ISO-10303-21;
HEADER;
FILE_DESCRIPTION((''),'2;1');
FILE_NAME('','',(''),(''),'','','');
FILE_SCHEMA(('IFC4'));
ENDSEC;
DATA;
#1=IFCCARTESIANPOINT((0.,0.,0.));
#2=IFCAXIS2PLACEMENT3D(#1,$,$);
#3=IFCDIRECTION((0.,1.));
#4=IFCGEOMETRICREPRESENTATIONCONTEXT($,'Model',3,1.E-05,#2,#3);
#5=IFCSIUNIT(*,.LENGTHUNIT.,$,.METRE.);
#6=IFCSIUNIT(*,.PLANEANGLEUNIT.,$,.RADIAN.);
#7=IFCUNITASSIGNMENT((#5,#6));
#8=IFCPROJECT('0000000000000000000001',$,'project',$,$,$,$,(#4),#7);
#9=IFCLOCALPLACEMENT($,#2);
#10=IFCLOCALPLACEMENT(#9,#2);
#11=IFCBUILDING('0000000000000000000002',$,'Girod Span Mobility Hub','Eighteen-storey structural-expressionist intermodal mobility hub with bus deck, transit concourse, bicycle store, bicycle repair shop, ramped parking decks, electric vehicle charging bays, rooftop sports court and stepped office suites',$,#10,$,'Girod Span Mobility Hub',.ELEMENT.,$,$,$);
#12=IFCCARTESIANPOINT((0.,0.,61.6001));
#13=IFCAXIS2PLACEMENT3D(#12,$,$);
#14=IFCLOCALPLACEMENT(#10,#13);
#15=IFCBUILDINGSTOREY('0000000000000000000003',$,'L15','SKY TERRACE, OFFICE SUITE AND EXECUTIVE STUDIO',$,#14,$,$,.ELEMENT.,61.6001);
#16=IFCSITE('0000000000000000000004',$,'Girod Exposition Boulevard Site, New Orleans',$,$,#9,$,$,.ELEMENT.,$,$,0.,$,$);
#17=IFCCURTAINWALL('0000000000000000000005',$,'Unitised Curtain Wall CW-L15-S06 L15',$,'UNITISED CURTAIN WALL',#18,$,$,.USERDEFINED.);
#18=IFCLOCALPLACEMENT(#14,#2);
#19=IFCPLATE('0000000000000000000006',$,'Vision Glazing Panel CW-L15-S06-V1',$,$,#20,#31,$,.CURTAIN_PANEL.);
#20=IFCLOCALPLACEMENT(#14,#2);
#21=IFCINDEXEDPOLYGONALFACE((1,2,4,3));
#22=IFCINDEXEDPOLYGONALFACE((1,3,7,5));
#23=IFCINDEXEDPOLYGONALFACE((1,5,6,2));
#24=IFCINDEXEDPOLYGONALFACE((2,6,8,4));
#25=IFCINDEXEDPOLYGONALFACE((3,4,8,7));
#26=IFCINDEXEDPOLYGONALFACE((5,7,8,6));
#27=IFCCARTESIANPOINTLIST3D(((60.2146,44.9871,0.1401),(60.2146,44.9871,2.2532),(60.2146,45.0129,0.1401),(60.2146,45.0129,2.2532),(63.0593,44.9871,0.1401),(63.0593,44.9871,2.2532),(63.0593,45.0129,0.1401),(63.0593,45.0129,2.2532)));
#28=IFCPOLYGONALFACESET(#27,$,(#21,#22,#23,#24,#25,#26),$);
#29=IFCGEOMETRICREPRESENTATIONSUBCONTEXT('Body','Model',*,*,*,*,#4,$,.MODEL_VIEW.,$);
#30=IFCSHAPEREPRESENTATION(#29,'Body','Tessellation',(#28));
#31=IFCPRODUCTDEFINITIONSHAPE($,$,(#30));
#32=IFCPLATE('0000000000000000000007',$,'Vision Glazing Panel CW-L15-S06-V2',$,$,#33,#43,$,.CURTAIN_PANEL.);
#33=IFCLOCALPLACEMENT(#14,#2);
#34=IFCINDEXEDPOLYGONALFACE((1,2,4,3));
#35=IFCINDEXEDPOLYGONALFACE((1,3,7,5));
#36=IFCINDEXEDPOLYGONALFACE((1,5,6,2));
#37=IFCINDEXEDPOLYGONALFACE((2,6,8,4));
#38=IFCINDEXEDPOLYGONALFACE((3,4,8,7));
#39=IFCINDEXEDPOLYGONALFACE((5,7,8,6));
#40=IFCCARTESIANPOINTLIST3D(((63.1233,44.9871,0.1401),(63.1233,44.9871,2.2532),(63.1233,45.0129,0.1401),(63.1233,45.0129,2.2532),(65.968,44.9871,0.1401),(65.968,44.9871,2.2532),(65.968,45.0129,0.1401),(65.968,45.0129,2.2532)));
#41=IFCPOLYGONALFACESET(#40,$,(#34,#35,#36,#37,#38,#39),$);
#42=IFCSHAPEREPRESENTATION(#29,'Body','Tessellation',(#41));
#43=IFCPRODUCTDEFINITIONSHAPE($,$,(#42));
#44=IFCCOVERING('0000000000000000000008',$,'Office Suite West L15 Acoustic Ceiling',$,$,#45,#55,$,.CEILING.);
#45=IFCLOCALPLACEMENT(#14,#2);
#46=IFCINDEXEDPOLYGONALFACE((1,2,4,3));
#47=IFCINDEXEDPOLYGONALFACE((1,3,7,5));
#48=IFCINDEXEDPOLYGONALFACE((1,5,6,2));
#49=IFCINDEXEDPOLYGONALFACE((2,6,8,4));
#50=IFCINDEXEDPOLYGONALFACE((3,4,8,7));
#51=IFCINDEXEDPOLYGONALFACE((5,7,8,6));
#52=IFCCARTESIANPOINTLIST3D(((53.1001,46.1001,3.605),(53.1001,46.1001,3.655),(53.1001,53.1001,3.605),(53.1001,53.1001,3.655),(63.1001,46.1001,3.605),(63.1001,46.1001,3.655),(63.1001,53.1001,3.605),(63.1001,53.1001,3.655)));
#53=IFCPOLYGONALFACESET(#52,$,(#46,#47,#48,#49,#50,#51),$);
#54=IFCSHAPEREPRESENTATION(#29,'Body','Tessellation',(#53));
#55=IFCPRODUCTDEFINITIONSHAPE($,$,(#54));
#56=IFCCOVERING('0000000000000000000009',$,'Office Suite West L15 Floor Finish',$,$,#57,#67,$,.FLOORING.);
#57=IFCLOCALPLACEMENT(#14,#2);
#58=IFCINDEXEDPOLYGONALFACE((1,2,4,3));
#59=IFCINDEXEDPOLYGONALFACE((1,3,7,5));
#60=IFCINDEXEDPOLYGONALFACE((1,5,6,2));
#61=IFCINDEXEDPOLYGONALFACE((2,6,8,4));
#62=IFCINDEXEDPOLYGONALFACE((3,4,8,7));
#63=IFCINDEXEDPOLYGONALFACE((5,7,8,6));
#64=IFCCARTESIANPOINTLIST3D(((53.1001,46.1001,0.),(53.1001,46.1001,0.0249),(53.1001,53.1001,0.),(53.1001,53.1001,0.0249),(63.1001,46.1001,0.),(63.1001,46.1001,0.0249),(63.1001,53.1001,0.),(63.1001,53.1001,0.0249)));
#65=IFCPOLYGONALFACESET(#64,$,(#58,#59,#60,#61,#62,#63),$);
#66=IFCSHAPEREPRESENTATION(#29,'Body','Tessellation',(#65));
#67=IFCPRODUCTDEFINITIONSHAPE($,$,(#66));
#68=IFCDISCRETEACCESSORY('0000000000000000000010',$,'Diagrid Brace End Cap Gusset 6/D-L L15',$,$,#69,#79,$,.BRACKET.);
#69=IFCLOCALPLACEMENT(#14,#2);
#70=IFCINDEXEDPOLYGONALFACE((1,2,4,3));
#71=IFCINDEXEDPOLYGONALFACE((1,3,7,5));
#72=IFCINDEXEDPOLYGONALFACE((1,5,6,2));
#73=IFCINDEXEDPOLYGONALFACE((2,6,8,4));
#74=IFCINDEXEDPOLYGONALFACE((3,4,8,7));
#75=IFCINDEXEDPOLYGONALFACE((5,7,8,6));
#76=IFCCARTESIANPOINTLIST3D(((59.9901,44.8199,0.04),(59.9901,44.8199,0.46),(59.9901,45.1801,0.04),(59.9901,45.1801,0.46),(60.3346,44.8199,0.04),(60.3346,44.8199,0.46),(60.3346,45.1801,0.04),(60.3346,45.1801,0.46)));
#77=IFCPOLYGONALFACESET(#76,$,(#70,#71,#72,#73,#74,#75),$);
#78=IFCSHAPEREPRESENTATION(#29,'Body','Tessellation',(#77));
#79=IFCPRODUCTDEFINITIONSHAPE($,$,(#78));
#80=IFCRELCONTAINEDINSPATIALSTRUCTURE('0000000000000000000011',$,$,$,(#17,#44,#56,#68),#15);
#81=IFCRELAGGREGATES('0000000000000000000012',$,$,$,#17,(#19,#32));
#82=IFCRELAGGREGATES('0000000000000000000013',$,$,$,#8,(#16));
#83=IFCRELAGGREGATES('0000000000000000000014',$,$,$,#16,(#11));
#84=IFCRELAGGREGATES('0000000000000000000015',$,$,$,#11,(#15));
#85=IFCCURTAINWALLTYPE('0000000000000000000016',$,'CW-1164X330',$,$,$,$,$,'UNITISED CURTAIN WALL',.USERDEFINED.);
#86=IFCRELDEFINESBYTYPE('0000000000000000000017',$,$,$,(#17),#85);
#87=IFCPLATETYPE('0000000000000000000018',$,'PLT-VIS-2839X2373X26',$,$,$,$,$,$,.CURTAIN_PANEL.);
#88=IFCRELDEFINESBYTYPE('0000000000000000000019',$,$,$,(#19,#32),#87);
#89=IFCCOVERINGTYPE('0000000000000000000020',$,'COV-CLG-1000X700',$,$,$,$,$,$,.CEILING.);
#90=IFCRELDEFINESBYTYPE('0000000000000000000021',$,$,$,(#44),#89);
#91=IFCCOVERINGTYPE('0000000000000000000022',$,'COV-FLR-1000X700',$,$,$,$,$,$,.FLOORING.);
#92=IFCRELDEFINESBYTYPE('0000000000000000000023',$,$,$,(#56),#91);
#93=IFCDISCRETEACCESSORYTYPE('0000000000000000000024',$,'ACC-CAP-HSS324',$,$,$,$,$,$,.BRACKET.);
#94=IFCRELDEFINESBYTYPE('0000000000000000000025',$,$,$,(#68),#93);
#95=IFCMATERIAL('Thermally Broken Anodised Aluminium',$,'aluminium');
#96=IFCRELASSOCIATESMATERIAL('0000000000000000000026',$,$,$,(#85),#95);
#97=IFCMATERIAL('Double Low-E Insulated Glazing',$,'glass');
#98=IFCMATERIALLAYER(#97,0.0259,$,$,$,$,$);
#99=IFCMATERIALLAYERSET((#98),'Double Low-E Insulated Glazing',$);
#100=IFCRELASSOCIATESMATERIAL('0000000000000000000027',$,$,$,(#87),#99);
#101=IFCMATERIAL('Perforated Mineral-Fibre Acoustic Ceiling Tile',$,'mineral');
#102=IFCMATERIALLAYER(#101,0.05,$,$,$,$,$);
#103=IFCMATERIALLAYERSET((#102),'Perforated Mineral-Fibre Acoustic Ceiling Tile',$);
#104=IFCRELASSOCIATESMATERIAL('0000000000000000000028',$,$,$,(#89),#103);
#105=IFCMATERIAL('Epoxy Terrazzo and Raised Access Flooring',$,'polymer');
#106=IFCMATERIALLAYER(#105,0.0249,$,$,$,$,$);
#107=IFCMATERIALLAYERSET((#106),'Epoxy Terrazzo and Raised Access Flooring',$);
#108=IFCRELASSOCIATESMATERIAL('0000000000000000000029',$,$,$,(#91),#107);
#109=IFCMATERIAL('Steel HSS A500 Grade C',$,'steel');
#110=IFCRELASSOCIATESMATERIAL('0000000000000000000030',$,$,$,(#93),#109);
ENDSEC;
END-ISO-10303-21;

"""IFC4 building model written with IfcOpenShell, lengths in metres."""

from ifc_helpers import new_model, si_unit, direction, frame, origin, origin_2d, place, context, subcontext, project, spatial, rectangle, extrude, material, layer, layer_set, type_object, element, aggregate, save


model = new_model("IFC4")

# Units and contexts
model_context = context("Model", 3, precision=1e-05, world=origin(), true_north=direction((0.0, 1.0)))
body_context = subcontext(model_context, "Body", "Model", "MODEL_VIEW")
ifc_project = project(units=[si_unit("LENGTHUNIT", "METRE"), si_unit("PLANEANGLEUNIT", "RADIAN")], contexts=[model_context])

# Site, building, storey
site_placement = place(None, origin())
site = spatial("IfcSite", under=ifc_project, at=site_placement, Name="Girod Exposition Boulevard Site, New Orleans", CompositionType="ELEMENT", RefElevation=0.0)
building_placement = place(site_placement, origin())
building = spatial("IfcBuilding", under=site, at=building_placement, Name="Girod Span Mobility Hub", Description="Eighteen-storey structural-expressionist intermodal mobility hub with bus deck, transit concourse, bicycle store, bicycle repair shop, ramped parking decks, electric vehicle charging bays, rooftop sports court and stepped office suites", LongName="Girod Span Mobility Hub", CompositionType="ELEMENT")
storey_placement = place(building_placement, frame((0.0, 0.0, 61.6001)))
storey = spatial("IfcBuildingStorey", under=building, at=storey_placement, Name="L15", Description="SKY TERRACE, OFFICE SUITE AND EXECUTIVE STUDIO", CompositionType="ELEMENT", Elevation=61.6001)

# Curtain wall
ifc_material_1 = material(Name="Thermally Broken Anodised Aluminium", Category="aluminium")
curtain_wall_type = type_object("IfcCurtainWallType", Name="CW-1164X330", ElementType="UNITISED CURTAIN WALL", PredefinedType="USERDEFINED", material=ifc_material_1)
curtain_wall_placement = place(storey_placement, origin())
curtain_wall = element("IfcCurtainWall", 1, at=curtain_wall_placement, inside=storey, type_object=curtain_wall_type, Name="Unitised Curtain Wall CW-L15-S06 L15", ObjectType="UNITISED CURTAIN WALL", PredefinedType="USERDEFINED")

# Plates
ifc_material_2 = material(Name="Double Low-E Insulated Glazing", Category="glass")
ifc_layer_1 = layer(ifc_material_2, 0.0259)
ifc_layer_set_1 = layer_set([ifc_layer_1], Name="Double Low-E Insulated Glazing")
plate_type_1 = type_object("IfcPlateType", Name="PLT-VIS-2839X2373X26", PredefinedType="CURTAIN_PANEL", material=ifc_layer_set_1)
plate_1_placement = place(storey_placement, frame((61.637, 45.0, 0.1401), z_axis=(0.0, 0.0, 1.0), x_axis=(1.0, 0.0, 0.0)))
plate_1 = element("IfcPlate", 2, at=plate_1_placement, type_object=plate_type_1, Name="Vision Glazing Panel CW-L15-S06-V1", PredefinedType="CURTAIN_PANEL", context=body_context, shape_type="SweptSolid", body=[
    extrude(rectangle(XDim=2.8447, YDim=0.0259, at=origin_2d()), origin(), (0.0, 0.0, 1.0), 2.113),
])
plate_2_placement = place(storey_placement, frame((64.5457, 45.0, 0.1401), z_axis=(0.0, 0.0, 1.0), x_axis=(1.0, 0.0, 0.0)))
plate_2 = element("IfcPlate", 3, at=plate_2_placement, type_object=plate_type_1, Name="Vision Glazing Panel CW-L15-S06-V2", PredefinedType="CURTAIN_PANEL", context=body_context, shape_type="SweptSolid", body=[
    extrude(rectangle(XDim=2.8447, YDim=0.0259, at=origin_2d()), origin(), (0.0, 0.0, 1.0), 2.113),
])
aggregate(curtain_wall, [plate_1, plate_2])

# Coverings
ifc_material_3 = material(Name="Perforated Mineral-Fibre Acoustic Ceiling Tile", Category="mineral")
ifc_layer_2 = layer(ifc_material_3, 0.05)
ifc_layer_set_2 = layer_set([ifc_layer_2], Name="Perforated Mineral-Fibre Acoustic Ceiling Tile")
covering_type_1 = type_object("IfcCoveringType", Name="COV-CLG-1000X700", PredefinedType="CEILING", material=ifc_layer_set_2)
covering_1_placement = place(storey_placement, frame((58.1001, 49.6001, 3.605), z_axis=(0.0, 0.0, 1.0), x_axis=(1.0, 0.0, 0.0)))
element("IfcCovering", 4, at=covering_1_placement, inside=storey, type_object=covering_type_1, Name="Office Suite West L15 Acoustic Ceiling", PredefinedType="CEILING", context=body_context, shape_type="SweptSolid", body=[
    extrude(rectangle(XDim=10.0, YDim=7.0, at=origin_2d()), origin(), (0.0, 0.0, 1.0), 0.05),
])
ifc_material_4 = material(Name="Epoxy Terrazzo and Raised Access Flooring", Category="polymer")
ifc_layer_3 = layer(ifc_material_4, 0.0249)
ifc_layer_set_3 = layer_set([ifc_layer_3], Name="Epoxy Terrazzo and Raised Access Flooring")
covering_type_2 = type_object("IfcCoveringType", Name="COV-FLR-1000X700", PredefinedType="FLOORING", material=ifc_layer_set_3)
covering_2_placement = place(storey_placement, frame((58.1001, 49.6001, 0.0), z_axis=(0.0, 0.0, 1.0), x_axis=(1.0, 0.0, 0.0)))
element("IfcCovering", 5, at=covering_2_placement, inside=storey, type_object=covering_type_2, Name="Office Suite West L15 Floor Finish", PredefinedType="FLOORING", context=body_context, shape_type="SweptSolid", body=[
    extrude(rectangle(XDim=10.0, YDim=7.0, at=origin_2d()), origin(), (0.0, 0.0, 1.0), 0.0249),
])

# Discrete accessory
ifc_material_5 = material(Name="Steel HSS A500 Grade C", Category="steel")
discrete_accessory_type = type_object("IfcDiscreteAccessoryType", Name="ACC-CAP-HSS324", PredefinedType="BRACKET", material=ifc_material_5)
discrete_accessory_placement = place(storey_placement, frame((60.1624, 45.0, 0.04), z_axis=(0.0, 0.0, 1.0), x_axis=(1.0, 0.0, 0.0)))
element("IfcDiscreteAccessory", 6, at=discrete_accessory_placement, inside=storey, type_object=discrete_accessory_type, Name="Diagrid Brace End Cap Gusset 6/D-L L15", PredefinedType="BRACKET", context=body_context, shape_type="SweptSolid", body=[
    extrude(rectangle(XDim=0.3445, YDim=0.3601, at=origin_2d()), origin(), (0.0, 0.0, 1.0), 0.4199),
])

save(model, "model.ifc")
